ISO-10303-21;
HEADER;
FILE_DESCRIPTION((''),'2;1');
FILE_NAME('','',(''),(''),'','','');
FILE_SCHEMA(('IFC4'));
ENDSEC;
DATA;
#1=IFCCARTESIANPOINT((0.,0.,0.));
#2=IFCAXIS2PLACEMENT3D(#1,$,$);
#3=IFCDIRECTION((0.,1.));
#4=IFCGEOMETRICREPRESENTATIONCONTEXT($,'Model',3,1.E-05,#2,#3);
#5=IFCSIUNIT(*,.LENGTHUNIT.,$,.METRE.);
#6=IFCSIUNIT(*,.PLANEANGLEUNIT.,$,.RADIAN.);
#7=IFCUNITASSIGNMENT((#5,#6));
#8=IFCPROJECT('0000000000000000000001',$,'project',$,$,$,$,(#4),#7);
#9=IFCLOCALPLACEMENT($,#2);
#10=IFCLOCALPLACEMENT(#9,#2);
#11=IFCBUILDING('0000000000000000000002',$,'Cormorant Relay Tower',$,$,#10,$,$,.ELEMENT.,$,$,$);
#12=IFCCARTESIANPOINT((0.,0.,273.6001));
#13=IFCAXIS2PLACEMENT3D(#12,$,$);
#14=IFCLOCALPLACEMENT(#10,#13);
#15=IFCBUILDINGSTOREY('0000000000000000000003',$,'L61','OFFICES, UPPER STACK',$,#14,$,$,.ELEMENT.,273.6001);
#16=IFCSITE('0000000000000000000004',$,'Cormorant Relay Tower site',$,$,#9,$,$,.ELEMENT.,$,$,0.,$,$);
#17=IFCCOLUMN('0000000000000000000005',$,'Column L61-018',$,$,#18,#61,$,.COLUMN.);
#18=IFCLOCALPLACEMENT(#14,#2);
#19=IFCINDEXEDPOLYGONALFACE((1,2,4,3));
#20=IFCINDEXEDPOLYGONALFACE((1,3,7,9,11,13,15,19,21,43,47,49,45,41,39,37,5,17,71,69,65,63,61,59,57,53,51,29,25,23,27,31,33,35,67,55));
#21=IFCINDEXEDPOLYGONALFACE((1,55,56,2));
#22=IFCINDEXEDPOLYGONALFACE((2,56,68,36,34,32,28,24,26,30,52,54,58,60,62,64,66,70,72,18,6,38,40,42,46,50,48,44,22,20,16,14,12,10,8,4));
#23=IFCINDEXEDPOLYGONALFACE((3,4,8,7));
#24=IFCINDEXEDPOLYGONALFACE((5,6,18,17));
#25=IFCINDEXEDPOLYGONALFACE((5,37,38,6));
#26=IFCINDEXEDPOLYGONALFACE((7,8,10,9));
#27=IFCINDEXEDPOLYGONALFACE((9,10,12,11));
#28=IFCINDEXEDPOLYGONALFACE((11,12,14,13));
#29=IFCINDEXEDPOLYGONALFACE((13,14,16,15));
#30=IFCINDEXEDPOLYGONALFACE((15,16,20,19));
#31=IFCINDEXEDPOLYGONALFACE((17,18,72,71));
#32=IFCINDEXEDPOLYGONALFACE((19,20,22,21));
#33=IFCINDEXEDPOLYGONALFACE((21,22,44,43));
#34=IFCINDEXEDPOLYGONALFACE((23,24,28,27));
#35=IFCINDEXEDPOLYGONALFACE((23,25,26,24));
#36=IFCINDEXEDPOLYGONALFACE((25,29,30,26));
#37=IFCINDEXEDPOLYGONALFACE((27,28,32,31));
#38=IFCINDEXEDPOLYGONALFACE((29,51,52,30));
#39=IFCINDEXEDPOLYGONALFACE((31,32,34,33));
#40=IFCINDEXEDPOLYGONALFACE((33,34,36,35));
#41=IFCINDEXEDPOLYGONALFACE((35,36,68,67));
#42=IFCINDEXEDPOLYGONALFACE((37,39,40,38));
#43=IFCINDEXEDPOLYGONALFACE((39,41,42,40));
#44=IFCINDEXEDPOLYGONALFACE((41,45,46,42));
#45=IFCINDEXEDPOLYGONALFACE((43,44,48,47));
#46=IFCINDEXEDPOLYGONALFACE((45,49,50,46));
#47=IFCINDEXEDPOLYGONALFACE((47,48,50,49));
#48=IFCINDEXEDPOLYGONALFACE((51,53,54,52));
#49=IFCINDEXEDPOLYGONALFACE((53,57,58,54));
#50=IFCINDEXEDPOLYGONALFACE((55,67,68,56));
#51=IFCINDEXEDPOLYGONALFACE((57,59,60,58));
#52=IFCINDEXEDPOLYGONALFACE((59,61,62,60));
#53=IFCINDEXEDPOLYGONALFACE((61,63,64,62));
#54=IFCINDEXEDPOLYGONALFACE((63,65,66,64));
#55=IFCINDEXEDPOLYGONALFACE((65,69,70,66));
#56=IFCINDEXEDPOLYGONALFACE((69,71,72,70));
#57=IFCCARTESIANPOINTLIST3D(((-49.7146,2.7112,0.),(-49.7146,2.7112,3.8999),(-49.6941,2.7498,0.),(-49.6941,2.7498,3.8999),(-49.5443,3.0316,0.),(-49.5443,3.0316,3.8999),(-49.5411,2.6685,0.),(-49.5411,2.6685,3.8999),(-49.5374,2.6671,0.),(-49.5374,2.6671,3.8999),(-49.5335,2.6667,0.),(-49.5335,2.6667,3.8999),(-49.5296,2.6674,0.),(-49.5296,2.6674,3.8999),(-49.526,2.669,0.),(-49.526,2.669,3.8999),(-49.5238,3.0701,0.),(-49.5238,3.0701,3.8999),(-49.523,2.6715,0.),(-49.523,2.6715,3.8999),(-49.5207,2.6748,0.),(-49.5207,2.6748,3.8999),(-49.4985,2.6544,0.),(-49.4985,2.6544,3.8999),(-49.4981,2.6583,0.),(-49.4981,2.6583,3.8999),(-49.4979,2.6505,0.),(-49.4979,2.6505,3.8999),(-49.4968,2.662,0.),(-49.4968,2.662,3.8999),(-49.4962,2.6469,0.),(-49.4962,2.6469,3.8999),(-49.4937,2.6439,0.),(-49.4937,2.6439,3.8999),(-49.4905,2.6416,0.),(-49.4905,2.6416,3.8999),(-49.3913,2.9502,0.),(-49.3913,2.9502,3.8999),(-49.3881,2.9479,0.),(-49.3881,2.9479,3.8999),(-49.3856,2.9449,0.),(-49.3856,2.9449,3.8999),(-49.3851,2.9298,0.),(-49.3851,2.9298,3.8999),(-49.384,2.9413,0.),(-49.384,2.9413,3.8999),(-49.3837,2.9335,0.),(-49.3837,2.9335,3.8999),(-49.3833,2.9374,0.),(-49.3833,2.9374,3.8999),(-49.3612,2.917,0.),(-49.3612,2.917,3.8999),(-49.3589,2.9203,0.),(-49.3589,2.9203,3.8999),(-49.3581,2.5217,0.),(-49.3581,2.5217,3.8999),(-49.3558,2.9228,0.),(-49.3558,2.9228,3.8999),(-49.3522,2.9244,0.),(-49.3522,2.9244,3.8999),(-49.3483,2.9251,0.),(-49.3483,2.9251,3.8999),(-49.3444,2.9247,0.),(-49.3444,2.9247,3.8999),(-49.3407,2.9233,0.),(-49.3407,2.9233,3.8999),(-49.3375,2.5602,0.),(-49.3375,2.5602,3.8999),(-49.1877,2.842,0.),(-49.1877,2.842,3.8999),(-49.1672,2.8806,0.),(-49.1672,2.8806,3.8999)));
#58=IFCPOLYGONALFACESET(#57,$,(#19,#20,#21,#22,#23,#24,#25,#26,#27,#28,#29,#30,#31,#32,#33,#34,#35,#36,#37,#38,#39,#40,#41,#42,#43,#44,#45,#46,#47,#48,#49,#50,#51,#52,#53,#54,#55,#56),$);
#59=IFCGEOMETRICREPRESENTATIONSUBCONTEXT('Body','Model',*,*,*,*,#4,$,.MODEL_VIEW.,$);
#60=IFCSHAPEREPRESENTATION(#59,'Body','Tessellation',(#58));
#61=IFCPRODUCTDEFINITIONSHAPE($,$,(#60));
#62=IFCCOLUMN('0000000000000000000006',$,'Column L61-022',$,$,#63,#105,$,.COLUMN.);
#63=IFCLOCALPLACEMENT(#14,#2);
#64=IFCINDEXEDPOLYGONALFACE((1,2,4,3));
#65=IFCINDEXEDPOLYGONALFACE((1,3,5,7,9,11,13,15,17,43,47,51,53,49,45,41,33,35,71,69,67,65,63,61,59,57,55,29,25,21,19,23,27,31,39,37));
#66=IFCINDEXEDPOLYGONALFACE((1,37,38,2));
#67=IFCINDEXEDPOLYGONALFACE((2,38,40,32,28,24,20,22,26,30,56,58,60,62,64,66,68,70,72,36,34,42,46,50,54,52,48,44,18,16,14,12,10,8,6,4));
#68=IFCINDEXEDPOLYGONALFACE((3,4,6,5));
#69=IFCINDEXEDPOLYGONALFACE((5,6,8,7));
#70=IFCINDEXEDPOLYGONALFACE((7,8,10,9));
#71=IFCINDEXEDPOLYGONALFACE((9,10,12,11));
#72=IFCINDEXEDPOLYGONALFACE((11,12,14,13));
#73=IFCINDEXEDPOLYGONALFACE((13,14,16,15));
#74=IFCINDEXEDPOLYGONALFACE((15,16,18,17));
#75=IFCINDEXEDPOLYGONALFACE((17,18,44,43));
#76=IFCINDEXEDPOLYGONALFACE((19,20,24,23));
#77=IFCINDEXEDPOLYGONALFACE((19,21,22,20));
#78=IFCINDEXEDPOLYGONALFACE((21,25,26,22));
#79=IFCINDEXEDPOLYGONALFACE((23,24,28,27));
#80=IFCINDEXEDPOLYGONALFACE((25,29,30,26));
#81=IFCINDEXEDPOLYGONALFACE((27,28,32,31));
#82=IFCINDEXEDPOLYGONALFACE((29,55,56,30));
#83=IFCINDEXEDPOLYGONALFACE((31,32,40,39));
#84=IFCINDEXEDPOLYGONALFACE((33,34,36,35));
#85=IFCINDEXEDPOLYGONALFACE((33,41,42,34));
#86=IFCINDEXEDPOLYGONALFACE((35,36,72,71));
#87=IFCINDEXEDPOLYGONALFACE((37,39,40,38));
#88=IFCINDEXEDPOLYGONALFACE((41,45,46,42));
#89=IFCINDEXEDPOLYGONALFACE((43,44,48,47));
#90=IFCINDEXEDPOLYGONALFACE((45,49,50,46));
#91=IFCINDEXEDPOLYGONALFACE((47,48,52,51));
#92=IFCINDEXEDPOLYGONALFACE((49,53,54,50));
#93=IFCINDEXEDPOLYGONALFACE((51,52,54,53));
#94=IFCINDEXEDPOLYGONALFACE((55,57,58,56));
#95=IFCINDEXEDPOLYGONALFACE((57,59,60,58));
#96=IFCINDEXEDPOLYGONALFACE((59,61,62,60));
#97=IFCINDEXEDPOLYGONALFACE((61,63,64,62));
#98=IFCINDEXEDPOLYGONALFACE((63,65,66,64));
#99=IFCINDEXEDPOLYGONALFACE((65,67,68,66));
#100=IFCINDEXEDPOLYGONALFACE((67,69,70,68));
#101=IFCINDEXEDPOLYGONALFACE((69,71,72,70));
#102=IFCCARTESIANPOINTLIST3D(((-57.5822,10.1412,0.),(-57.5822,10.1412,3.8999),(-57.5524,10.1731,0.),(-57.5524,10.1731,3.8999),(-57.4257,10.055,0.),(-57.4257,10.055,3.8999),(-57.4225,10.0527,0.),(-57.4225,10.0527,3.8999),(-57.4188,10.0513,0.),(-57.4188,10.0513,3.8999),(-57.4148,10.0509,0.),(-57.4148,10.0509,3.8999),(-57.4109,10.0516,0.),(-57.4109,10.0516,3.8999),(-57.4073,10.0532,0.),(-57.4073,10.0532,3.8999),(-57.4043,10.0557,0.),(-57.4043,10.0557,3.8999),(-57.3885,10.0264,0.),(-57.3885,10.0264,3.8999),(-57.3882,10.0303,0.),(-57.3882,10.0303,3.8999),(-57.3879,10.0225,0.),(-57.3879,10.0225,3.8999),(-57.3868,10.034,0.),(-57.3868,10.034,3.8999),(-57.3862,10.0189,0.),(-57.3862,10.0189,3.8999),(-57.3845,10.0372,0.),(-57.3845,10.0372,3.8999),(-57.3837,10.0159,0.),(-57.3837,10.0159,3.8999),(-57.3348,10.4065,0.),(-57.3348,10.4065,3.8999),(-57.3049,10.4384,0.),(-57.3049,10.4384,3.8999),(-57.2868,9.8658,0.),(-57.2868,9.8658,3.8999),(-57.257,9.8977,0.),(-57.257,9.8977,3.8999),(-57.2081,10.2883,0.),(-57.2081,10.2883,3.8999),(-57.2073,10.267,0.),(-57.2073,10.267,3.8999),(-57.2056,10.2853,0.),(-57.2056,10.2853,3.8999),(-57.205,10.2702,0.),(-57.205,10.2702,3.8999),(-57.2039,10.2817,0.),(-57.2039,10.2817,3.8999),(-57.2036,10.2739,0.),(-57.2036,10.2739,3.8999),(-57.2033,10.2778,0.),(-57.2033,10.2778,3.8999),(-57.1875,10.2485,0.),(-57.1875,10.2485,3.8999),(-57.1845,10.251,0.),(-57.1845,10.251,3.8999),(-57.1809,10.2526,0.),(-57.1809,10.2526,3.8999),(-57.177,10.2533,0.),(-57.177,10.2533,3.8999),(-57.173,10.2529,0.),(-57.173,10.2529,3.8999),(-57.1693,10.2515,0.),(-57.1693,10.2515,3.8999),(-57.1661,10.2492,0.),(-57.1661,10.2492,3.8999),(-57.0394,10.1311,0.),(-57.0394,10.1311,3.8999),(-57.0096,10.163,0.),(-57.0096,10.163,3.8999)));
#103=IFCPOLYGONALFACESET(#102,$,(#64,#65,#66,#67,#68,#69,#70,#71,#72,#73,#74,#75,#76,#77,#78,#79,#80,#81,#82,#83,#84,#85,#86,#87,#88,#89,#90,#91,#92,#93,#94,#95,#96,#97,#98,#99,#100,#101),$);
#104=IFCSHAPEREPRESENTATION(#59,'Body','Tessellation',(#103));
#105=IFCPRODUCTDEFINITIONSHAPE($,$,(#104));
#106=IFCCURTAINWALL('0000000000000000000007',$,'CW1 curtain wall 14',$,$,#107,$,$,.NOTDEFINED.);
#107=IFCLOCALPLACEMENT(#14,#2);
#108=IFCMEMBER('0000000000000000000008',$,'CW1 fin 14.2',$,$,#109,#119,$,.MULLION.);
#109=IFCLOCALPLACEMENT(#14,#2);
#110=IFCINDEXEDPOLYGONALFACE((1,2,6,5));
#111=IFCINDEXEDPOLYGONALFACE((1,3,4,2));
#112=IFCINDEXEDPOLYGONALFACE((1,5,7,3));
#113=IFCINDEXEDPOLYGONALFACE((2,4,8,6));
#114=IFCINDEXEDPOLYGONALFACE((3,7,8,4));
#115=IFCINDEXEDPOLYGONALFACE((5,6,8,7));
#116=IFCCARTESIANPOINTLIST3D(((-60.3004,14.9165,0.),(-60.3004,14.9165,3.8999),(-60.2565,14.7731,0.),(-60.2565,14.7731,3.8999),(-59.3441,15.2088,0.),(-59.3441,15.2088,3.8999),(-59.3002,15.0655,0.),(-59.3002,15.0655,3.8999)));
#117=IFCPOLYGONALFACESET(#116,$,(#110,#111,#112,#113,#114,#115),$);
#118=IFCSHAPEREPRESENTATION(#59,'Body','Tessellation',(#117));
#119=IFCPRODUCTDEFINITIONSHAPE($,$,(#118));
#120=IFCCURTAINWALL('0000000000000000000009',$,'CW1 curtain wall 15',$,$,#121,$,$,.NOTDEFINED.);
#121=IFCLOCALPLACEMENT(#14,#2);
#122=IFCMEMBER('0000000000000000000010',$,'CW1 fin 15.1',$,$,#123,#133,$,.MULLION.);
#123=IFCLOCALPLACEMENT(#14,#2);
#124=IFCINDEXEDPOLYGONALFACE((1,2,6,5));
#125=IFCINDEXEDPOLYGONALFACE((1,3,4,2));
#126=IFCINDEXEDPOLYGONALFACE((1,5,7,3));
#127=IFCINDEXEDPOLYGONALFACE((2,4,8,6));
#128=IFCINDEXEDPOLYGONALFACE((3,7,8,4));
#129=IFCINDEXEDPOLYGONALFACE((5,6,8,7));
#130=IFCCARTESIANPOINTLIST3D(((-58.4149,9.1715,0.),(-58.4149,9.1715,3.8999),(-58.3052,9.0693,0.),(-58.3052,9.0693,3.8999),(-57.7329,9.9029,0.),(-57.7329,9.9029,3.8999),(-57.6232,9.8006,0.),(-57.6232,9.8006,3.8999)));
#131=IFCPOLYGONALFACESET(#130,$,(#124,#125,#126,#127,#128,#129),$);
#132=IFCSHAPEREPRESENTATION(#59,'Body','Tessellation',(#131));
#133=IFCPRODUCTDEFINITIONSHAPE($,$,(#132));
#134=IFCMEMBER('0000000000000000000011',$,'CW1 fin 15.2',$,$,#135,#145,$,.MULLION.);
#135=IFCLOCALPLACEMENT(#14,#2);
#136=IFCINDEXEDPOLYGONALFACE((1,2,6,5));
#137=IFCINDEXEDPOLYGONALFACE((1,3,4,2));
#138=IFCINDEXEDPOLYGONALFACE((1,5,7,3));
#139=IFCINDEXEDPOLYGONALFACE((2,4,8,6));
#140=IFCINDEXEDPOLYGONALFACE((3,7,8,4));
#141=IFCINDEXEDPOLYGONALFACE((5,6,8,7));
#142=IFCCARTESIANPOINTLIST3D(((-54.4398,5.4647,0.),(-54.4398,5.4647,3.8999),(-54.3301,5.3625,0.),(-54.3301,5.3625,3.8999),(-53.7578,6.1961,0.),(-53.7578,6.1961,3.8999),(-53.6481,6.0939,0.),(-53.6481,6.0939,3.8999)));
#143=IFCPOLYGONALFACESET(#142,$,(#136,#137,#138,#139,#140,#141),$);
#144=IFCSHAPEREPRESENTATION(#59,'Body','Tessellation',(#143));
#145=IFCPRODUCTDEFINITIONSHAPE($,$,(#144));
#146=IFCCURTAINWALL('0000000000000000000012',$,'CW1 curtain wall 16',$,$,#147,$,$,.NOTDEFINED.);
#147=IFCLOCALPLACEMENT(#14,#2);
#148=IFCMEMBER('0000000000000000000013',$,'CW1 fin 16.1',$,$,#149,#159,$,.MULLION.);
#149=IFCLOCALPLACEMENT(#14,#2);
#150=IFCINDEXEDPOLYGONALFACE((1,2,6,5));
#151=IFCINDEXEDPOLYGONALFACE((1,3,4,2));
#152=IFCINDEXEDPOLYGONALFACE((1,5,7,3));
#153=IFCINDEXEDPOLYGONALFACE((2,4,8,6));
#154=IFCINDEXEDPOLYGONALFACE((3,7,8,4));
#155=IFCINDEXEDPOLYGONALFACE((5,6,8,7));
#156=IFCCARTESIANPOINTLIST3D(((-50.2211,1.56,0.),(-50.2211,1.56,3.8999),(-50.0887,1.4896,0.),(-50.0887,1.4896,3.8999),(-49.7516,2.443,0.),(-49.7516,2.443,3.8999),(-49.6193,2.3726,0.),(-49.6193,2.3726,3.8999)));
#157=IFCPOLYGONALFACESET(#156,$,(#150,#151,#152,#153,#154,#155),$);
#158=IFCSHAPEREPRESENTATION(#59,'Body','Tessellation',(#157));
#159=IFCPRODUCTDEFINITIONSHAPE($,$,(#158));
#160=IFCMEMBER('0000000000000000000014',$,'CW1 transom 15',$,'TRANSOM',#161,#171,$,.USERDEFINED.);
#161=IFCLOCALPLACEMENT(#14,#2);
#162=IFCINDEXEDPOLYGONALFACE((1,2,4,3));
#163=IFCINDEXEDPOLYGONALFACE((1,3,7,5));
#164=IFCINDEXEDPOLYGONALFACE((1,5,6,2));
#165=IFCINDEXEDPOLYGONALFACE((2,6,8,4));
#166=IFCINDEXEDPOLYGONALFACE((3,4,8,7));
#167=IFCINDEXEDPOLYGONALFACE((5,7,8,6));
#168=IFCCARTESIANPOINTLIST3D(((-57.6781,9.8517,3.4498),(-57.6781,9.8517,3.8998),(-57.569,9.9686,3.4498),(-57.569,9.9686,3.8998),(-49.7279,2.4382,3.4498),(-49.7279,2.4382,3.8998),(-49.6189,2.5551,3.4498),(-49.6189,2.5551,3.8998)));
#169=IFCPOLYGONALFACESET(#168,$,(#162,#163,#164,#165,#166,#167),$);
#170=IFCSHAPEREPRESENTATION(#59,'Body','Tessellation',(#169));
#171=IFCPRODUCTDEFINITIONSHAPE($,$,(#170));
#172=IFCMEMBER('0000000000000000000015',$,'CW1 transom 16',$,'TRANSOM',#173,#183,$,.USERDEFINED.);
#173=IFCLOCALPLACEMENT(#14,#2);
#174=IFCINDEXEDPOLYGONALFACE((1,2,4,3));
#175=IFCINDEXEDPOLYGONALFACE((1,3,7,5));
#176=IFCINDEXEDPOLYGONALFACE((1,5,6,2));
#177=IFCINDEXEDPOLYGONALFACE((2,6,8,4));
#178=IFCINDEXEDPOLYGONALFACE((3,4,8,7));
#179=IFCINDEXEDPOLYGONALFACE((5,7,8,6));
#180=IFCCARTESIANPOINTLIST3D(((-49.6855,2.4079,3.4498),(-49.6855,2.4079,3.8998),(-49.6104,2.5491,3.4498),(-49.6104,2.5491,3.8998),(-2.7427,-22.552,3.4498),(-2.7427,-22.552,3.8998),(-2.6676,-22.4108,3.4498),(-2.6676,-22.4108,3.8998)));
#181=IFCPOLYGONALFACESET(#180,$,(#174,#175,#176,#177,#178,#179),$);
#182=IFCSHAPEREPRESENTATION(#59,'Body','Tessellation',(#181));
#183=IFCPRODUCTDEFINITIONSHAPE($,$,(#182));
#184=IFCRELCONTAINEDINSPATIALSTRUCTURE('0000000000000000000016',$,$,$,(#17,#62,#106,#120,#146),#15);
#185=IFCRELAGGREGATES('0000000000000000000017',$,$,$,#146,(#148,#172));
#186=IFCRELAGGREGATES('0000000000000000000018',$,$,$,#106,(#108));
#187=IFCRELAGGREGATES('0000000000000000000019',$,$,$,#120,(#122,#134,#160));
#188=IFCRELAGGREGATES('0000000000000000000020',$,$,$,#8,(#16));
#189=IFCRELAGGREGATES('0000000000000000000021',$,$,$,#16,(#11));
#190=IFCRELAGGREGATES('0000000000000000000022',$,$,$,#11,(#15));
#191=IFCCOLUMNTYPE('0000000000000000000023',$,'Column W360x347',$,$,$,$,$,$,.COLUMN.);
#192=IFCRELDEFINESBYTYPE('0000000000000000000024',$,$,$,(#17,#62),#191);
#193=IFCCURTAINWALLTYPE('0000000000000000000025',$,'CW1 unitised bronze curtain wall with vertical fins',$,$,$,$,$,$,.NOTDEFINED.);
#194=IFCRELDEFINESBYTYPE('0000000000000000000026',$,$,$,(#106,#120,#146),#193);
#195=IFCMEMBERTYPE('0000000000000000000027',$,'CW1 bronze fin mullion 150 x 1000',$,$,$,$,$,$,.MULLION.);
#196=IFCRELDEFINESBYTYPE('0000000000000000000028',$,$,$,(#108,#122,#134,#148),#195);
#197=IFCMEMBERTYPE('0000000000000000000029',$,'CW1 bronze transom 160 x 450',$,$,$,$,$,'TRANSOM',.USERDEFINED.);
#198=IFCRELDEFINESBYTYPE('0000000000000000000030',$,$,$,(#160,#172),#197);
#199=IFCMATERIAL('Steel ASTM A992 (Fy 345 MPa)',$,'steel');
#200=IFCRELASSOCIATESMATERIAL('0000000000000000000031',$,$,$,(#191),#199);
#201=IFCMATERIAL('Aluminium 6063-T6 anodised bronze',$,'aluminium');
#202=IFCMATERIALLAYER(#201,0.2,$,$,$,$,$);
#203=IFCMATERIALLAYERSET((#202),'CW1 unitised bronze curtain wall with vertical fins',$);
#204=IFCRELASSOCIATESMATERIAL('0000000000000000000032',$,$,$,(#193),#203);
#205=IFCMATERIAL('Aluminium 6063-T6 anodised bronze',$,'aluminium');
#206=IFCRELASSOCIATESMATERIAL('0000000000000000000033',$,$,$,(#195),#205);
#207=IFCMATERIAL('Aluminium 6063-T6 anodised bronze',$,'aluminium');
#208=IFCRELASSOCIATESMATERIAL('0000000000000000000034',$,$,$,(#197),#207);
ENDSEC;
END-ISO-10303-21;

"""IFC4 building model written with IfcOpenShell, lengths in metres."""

from ifc_helpers import new_model, si_unit, direction, frame, origin, origin_2d, place, context, subcontext, project, spatial, rectangle, i_section, extrude, material, layer, layer_set, material_profile, profile_set, type_object, element, aggregate, save


model = new_model("IFC4")

# Units and contexts
model_context = context("Model", 3, precision=1e-05, world=origin(), true_north=direction((0.0, 1.0)))
body_context = subcontext(model_context, "Body", "Model", "MODEL_VIEW")
ifc_project = project(units=[si_unit("LENGTHUNIT", "METRE"), si_unit("PLANEANGLEUNIT", "RADIAN")], contexts=[model_context])

# Site, building, storey
site_placement = place(None, origin())
site = spatial("IfcSite", under=ifc_project, at=site_placement, Name="Cormorant Relay Tower site", CompositionType="ELEMENT", RefElevation=0.0)
building_placement = place(site_placement, origin())
building = spatial("IfcBuilding", under=site, at=building_placement, Name="Cormorant Relay Tower", CompositionType="ELEMENT")
storey_placement = place(building_placement, frame((0.0, 0.0, 273.6001)))
storey = spatial("IfcBuildingStorey", under=building, at=storey_placement, Name="L61", Description="OFFICES, UPPER STACK", CompositionType="ELEMENT", Elevation=273.6001)

# Columns
ifc_material_1 = material(Name="Steel ASTM A992 (Fy 345 MPa)", Category="steel")
ifc_material_profile_1 = material_profile(ifc_material_1, i_section(OverallWidth=0.4038, OverallDepth=0.4065, WebThickness=0.0271, FlangeThickness=0.0437, FilletRadius=0.0151, at=origin_2d()), Name="W360x347")
ifc_profile_set_1 = profile_set([ifc_material_profile_1], Name="Steel ASTM A992 (Fy 345 MPa)")
column_type = type_object("IfcColumnType", Name="Column W360x347", PredefinedType="COLUMN", material=ifc_profile_set_1)
for number, where, z_axis, x_axis, name in (
    (1, (-49.4409, 2.7959, 0.0), (0.0, 0.0, 1.0), (0.882948, -0.469472, 0.0), "Column L61-018"),
    (2, (-57.2959, 10.1521, 0.0), (0.0, 0.0, 1.0), (0.731354, -0.681998, 0.0), "Column L61-022"),
):
    element("IfcColumn", number, at=place(storey_placement, frame(where, z_axis=z_axis, x_axis=x_axis)), inside=storey, type_object=column_type, Name=name, PredefinedType="COLUMN", context=body_context, shape_type="SweptSolid", body=[
        extrude(i_section(OverallWidth=0.4038, OverallDepth=0.4065, WebThickness=0.0271, FlangeThickness=0.0437, FilletRadius=0.0151, at=origin_2d()), origin(), (0.0, 0.0, 1.0), 3.8999),
    ])

# Curtain wall, member
ifc_material_2 = material(Name="Aluminium 6063-T6 anodised bronze", Category="aluminium")
ifc_layer_1 = layer(ifc_material_2, 0.2)
ifc_layer_set_1 = layer_set([ifc_layer_1], Name="CW1 unitised bronze curtain wall with vertical fins")
curtain_wall_type = type_object("IfcCurtainWallType", Name="CW1 unitised bronze curtain wall with vertical fins", PredefinedType="NOTDEFINED", material=ifc_layer_set_1)
curtain_wall_1_placement = place(storey_placement, origin())
curtain_wall_1 = element("IfcCurtainWall", 3, at=curtain_wall_1_placement, inside=storey, type_object=curtain_wall_type, Name="CW1 curtain wall 14", PredefinedType="NOTDEFINED")
ifc_material_3 = material(Name="Aluminium 6063-T6 anodised bronze", Category="aluminium")
ifc_material_profile_2 = material_profile(ifc_material_3, rectangle(XDim=0.1499, YDim=1.0, at=origin_2d()), Name="AL 150x1000")
ifc_profile_set_2 = profile_set([ifc_material_profile_2], Name="Aluminium 6063-T6 anodised bronze")
member_type_1 = type_object("IfcMemberType", Name="CW1 bronze fin mullion 150 x 1000", PredefinedType="MULLION", material=ifc_profile_set_2)
member_1_placement = place(storey_placement, frame((-59.8003, 14.991, 0.0), z_axis=(0.0, 0.0, 1.0), x_axis=(0.292372, -0.956305, 0.0)))
member_1 = element("IfcMember", 4, at=member_1_placement, type_object=member_type_1, Name="CW1 fin 14.2", PredefinedType="MULLION", context=body_context, shape_type="SweptSolid", body=[
    extrude(rectangle(XDim=0.1499, YDim=1.0, at=origin_2d()), origin(), (0.0, 0.0, 1.0), 3.8999),
])

# Curtain wall, members
curtain_wall_2_placement = place(storey_placement, origin())
curtain_wall_2 = element("IfcCurtainWall", 5, at=curtain_wall_2_placement, inside=storey, type_object=curtain_wall_type, Name="CW1 curtain wall 15", PredefinedType="NOTDEFINED")
member_2_placement = place(storey_placement, frame((-58.019, 9.4861, 0.0), z_axis=(0.0, 0.0, 1.0), x_axis=(0.731354, -0.681998, 0.0)))
member_2 = element("IfcMember", 6, at=member_2_placement, type_object=member_type_1, Name="CW1 fin 15.1", PredefinedType="MULLION", context=body_context, shape_type="SweptSolid", body=[
    extrude(rectangle(XDim=0.1499, YDim=1.0, at=origin_2d()), origin(), (0.0, 0.0, 1.0), 3.8999),
])
member_3_placement = place(storey_placement, frame((-54.0439, 5.7793, 0.0), z_axis=(0.0, 0.0, 1.0), x_axis=(0.731354, -0.681998, 0.0)))
member_3 = element("IfcMember", 7, at=member_3_placement, type_object=member_type_1, Name="CW1 fin 15.2", PredefinedType="MULLION", context=body_context, shape_type="SweptSolid", body=[
    extrude(rectangle(XDim=0.1499, YDim=1.0, at=origin_2d()), origin(), (0.0, 0.0, 1.0), 3.8999),
])

# Curtain wall, member
curtain_wall_3_placement = place(storey_placement, origin())
curtain_wall_3 = element("IfcCurtainWall", 8, at=curtain_wall_3_placement, inside=storey, type_object=curtain_wall_type, Name="CW1 curtain wall 16", PredefinedType="NOTDEFINED")
member_4_placement = place(storey_placement, frame((-49.9202, 1.9663, 0.0), z_axis=(0.0, 0.0, 1.0), x_axis=(0.882948, -0.469472, 0.0)))
member_4 = element("IfcMember", 9, at=member_4_placement, type_object=member_type_1, Name="CW1 fin 16.1", PredefinedType="MULLION", context=body_context, shape_type="SweptSolid", body=[
    extrude(rectangle(XDim=0.1499, YDim=1.0, at=origin_2d()), origin(), (0.0, 0.0, 1.0), 3.8999),
])

# Members
ifc_material_4 = material(Name="Aluminium 6063-T6 anodised bronze", Category="aluminium")
ifc_material_profile_3 = material_profile(ifc_material_4, rectangle(XDim=0.1599, YDim=0.45, at=origin_2d()), Name="AL 160x450")
ifc_profile_set_3 = profile_set([ifc_material_profile_3], Name="Aluminium 6063-T6 anodised bronze")
member_type_2 = type_object("IfcMemberType", Name="CW1 bronze transom 160 x 450", ElementType="TRANSOM", PredefinedType="USERDEFINED", material=ifc_profile_set_3)
member_5_placement = place(storey_placement, frame((-57.6235, 9.9102, 3.6748), z_axis=(0.731358, -0.681993, 0.0), x_axis=(0.681993, 0.731358, 0.0)))
member_5 = element("IfcMember", 10, at=member_5_placement, type_object=member_type_2, Name="CW1 transom 15", ObjectType="TRANSOM", PredefinedType="USERDEFINED", context=body_context, shape_type="SweptSolid", body=[
    extrude(rectangle(XDim=0.1599, YDim=0.45, at=origin_2d()), origin(), (0.0, 0.0, 1.0), 10.8704),
])
member_6_placement = place(storey_placement, frame((-49.6479, 2.4785, 3.6748), z_axis=(0.882948, -0.469471, 0.0), x_axis=(0.469471, 0.882948, 0.0)))
member_6 = element("IfcMember", 11, at=member_6_placement, type_object=member_type_2, Name="CW1 transom 16", ObjectType="TRANSOM", PredefinedType="USERDEFINED", context=body_context, shape_type="SweptSolid", body=[
    extrude(rectangle(XDim=0.1599, YDim=0.45, at=origin_2d()), origin(), (0.0, 0.0, 1.0), 53.166),
])
aggregate(curtain_wall_3, [member_4, member_6])

aggregate(curtain_wall_1, [member_1])
aggregate(curtain_wall_2, [member_2, member_3, member_5])

save(model, "model.ifc")
